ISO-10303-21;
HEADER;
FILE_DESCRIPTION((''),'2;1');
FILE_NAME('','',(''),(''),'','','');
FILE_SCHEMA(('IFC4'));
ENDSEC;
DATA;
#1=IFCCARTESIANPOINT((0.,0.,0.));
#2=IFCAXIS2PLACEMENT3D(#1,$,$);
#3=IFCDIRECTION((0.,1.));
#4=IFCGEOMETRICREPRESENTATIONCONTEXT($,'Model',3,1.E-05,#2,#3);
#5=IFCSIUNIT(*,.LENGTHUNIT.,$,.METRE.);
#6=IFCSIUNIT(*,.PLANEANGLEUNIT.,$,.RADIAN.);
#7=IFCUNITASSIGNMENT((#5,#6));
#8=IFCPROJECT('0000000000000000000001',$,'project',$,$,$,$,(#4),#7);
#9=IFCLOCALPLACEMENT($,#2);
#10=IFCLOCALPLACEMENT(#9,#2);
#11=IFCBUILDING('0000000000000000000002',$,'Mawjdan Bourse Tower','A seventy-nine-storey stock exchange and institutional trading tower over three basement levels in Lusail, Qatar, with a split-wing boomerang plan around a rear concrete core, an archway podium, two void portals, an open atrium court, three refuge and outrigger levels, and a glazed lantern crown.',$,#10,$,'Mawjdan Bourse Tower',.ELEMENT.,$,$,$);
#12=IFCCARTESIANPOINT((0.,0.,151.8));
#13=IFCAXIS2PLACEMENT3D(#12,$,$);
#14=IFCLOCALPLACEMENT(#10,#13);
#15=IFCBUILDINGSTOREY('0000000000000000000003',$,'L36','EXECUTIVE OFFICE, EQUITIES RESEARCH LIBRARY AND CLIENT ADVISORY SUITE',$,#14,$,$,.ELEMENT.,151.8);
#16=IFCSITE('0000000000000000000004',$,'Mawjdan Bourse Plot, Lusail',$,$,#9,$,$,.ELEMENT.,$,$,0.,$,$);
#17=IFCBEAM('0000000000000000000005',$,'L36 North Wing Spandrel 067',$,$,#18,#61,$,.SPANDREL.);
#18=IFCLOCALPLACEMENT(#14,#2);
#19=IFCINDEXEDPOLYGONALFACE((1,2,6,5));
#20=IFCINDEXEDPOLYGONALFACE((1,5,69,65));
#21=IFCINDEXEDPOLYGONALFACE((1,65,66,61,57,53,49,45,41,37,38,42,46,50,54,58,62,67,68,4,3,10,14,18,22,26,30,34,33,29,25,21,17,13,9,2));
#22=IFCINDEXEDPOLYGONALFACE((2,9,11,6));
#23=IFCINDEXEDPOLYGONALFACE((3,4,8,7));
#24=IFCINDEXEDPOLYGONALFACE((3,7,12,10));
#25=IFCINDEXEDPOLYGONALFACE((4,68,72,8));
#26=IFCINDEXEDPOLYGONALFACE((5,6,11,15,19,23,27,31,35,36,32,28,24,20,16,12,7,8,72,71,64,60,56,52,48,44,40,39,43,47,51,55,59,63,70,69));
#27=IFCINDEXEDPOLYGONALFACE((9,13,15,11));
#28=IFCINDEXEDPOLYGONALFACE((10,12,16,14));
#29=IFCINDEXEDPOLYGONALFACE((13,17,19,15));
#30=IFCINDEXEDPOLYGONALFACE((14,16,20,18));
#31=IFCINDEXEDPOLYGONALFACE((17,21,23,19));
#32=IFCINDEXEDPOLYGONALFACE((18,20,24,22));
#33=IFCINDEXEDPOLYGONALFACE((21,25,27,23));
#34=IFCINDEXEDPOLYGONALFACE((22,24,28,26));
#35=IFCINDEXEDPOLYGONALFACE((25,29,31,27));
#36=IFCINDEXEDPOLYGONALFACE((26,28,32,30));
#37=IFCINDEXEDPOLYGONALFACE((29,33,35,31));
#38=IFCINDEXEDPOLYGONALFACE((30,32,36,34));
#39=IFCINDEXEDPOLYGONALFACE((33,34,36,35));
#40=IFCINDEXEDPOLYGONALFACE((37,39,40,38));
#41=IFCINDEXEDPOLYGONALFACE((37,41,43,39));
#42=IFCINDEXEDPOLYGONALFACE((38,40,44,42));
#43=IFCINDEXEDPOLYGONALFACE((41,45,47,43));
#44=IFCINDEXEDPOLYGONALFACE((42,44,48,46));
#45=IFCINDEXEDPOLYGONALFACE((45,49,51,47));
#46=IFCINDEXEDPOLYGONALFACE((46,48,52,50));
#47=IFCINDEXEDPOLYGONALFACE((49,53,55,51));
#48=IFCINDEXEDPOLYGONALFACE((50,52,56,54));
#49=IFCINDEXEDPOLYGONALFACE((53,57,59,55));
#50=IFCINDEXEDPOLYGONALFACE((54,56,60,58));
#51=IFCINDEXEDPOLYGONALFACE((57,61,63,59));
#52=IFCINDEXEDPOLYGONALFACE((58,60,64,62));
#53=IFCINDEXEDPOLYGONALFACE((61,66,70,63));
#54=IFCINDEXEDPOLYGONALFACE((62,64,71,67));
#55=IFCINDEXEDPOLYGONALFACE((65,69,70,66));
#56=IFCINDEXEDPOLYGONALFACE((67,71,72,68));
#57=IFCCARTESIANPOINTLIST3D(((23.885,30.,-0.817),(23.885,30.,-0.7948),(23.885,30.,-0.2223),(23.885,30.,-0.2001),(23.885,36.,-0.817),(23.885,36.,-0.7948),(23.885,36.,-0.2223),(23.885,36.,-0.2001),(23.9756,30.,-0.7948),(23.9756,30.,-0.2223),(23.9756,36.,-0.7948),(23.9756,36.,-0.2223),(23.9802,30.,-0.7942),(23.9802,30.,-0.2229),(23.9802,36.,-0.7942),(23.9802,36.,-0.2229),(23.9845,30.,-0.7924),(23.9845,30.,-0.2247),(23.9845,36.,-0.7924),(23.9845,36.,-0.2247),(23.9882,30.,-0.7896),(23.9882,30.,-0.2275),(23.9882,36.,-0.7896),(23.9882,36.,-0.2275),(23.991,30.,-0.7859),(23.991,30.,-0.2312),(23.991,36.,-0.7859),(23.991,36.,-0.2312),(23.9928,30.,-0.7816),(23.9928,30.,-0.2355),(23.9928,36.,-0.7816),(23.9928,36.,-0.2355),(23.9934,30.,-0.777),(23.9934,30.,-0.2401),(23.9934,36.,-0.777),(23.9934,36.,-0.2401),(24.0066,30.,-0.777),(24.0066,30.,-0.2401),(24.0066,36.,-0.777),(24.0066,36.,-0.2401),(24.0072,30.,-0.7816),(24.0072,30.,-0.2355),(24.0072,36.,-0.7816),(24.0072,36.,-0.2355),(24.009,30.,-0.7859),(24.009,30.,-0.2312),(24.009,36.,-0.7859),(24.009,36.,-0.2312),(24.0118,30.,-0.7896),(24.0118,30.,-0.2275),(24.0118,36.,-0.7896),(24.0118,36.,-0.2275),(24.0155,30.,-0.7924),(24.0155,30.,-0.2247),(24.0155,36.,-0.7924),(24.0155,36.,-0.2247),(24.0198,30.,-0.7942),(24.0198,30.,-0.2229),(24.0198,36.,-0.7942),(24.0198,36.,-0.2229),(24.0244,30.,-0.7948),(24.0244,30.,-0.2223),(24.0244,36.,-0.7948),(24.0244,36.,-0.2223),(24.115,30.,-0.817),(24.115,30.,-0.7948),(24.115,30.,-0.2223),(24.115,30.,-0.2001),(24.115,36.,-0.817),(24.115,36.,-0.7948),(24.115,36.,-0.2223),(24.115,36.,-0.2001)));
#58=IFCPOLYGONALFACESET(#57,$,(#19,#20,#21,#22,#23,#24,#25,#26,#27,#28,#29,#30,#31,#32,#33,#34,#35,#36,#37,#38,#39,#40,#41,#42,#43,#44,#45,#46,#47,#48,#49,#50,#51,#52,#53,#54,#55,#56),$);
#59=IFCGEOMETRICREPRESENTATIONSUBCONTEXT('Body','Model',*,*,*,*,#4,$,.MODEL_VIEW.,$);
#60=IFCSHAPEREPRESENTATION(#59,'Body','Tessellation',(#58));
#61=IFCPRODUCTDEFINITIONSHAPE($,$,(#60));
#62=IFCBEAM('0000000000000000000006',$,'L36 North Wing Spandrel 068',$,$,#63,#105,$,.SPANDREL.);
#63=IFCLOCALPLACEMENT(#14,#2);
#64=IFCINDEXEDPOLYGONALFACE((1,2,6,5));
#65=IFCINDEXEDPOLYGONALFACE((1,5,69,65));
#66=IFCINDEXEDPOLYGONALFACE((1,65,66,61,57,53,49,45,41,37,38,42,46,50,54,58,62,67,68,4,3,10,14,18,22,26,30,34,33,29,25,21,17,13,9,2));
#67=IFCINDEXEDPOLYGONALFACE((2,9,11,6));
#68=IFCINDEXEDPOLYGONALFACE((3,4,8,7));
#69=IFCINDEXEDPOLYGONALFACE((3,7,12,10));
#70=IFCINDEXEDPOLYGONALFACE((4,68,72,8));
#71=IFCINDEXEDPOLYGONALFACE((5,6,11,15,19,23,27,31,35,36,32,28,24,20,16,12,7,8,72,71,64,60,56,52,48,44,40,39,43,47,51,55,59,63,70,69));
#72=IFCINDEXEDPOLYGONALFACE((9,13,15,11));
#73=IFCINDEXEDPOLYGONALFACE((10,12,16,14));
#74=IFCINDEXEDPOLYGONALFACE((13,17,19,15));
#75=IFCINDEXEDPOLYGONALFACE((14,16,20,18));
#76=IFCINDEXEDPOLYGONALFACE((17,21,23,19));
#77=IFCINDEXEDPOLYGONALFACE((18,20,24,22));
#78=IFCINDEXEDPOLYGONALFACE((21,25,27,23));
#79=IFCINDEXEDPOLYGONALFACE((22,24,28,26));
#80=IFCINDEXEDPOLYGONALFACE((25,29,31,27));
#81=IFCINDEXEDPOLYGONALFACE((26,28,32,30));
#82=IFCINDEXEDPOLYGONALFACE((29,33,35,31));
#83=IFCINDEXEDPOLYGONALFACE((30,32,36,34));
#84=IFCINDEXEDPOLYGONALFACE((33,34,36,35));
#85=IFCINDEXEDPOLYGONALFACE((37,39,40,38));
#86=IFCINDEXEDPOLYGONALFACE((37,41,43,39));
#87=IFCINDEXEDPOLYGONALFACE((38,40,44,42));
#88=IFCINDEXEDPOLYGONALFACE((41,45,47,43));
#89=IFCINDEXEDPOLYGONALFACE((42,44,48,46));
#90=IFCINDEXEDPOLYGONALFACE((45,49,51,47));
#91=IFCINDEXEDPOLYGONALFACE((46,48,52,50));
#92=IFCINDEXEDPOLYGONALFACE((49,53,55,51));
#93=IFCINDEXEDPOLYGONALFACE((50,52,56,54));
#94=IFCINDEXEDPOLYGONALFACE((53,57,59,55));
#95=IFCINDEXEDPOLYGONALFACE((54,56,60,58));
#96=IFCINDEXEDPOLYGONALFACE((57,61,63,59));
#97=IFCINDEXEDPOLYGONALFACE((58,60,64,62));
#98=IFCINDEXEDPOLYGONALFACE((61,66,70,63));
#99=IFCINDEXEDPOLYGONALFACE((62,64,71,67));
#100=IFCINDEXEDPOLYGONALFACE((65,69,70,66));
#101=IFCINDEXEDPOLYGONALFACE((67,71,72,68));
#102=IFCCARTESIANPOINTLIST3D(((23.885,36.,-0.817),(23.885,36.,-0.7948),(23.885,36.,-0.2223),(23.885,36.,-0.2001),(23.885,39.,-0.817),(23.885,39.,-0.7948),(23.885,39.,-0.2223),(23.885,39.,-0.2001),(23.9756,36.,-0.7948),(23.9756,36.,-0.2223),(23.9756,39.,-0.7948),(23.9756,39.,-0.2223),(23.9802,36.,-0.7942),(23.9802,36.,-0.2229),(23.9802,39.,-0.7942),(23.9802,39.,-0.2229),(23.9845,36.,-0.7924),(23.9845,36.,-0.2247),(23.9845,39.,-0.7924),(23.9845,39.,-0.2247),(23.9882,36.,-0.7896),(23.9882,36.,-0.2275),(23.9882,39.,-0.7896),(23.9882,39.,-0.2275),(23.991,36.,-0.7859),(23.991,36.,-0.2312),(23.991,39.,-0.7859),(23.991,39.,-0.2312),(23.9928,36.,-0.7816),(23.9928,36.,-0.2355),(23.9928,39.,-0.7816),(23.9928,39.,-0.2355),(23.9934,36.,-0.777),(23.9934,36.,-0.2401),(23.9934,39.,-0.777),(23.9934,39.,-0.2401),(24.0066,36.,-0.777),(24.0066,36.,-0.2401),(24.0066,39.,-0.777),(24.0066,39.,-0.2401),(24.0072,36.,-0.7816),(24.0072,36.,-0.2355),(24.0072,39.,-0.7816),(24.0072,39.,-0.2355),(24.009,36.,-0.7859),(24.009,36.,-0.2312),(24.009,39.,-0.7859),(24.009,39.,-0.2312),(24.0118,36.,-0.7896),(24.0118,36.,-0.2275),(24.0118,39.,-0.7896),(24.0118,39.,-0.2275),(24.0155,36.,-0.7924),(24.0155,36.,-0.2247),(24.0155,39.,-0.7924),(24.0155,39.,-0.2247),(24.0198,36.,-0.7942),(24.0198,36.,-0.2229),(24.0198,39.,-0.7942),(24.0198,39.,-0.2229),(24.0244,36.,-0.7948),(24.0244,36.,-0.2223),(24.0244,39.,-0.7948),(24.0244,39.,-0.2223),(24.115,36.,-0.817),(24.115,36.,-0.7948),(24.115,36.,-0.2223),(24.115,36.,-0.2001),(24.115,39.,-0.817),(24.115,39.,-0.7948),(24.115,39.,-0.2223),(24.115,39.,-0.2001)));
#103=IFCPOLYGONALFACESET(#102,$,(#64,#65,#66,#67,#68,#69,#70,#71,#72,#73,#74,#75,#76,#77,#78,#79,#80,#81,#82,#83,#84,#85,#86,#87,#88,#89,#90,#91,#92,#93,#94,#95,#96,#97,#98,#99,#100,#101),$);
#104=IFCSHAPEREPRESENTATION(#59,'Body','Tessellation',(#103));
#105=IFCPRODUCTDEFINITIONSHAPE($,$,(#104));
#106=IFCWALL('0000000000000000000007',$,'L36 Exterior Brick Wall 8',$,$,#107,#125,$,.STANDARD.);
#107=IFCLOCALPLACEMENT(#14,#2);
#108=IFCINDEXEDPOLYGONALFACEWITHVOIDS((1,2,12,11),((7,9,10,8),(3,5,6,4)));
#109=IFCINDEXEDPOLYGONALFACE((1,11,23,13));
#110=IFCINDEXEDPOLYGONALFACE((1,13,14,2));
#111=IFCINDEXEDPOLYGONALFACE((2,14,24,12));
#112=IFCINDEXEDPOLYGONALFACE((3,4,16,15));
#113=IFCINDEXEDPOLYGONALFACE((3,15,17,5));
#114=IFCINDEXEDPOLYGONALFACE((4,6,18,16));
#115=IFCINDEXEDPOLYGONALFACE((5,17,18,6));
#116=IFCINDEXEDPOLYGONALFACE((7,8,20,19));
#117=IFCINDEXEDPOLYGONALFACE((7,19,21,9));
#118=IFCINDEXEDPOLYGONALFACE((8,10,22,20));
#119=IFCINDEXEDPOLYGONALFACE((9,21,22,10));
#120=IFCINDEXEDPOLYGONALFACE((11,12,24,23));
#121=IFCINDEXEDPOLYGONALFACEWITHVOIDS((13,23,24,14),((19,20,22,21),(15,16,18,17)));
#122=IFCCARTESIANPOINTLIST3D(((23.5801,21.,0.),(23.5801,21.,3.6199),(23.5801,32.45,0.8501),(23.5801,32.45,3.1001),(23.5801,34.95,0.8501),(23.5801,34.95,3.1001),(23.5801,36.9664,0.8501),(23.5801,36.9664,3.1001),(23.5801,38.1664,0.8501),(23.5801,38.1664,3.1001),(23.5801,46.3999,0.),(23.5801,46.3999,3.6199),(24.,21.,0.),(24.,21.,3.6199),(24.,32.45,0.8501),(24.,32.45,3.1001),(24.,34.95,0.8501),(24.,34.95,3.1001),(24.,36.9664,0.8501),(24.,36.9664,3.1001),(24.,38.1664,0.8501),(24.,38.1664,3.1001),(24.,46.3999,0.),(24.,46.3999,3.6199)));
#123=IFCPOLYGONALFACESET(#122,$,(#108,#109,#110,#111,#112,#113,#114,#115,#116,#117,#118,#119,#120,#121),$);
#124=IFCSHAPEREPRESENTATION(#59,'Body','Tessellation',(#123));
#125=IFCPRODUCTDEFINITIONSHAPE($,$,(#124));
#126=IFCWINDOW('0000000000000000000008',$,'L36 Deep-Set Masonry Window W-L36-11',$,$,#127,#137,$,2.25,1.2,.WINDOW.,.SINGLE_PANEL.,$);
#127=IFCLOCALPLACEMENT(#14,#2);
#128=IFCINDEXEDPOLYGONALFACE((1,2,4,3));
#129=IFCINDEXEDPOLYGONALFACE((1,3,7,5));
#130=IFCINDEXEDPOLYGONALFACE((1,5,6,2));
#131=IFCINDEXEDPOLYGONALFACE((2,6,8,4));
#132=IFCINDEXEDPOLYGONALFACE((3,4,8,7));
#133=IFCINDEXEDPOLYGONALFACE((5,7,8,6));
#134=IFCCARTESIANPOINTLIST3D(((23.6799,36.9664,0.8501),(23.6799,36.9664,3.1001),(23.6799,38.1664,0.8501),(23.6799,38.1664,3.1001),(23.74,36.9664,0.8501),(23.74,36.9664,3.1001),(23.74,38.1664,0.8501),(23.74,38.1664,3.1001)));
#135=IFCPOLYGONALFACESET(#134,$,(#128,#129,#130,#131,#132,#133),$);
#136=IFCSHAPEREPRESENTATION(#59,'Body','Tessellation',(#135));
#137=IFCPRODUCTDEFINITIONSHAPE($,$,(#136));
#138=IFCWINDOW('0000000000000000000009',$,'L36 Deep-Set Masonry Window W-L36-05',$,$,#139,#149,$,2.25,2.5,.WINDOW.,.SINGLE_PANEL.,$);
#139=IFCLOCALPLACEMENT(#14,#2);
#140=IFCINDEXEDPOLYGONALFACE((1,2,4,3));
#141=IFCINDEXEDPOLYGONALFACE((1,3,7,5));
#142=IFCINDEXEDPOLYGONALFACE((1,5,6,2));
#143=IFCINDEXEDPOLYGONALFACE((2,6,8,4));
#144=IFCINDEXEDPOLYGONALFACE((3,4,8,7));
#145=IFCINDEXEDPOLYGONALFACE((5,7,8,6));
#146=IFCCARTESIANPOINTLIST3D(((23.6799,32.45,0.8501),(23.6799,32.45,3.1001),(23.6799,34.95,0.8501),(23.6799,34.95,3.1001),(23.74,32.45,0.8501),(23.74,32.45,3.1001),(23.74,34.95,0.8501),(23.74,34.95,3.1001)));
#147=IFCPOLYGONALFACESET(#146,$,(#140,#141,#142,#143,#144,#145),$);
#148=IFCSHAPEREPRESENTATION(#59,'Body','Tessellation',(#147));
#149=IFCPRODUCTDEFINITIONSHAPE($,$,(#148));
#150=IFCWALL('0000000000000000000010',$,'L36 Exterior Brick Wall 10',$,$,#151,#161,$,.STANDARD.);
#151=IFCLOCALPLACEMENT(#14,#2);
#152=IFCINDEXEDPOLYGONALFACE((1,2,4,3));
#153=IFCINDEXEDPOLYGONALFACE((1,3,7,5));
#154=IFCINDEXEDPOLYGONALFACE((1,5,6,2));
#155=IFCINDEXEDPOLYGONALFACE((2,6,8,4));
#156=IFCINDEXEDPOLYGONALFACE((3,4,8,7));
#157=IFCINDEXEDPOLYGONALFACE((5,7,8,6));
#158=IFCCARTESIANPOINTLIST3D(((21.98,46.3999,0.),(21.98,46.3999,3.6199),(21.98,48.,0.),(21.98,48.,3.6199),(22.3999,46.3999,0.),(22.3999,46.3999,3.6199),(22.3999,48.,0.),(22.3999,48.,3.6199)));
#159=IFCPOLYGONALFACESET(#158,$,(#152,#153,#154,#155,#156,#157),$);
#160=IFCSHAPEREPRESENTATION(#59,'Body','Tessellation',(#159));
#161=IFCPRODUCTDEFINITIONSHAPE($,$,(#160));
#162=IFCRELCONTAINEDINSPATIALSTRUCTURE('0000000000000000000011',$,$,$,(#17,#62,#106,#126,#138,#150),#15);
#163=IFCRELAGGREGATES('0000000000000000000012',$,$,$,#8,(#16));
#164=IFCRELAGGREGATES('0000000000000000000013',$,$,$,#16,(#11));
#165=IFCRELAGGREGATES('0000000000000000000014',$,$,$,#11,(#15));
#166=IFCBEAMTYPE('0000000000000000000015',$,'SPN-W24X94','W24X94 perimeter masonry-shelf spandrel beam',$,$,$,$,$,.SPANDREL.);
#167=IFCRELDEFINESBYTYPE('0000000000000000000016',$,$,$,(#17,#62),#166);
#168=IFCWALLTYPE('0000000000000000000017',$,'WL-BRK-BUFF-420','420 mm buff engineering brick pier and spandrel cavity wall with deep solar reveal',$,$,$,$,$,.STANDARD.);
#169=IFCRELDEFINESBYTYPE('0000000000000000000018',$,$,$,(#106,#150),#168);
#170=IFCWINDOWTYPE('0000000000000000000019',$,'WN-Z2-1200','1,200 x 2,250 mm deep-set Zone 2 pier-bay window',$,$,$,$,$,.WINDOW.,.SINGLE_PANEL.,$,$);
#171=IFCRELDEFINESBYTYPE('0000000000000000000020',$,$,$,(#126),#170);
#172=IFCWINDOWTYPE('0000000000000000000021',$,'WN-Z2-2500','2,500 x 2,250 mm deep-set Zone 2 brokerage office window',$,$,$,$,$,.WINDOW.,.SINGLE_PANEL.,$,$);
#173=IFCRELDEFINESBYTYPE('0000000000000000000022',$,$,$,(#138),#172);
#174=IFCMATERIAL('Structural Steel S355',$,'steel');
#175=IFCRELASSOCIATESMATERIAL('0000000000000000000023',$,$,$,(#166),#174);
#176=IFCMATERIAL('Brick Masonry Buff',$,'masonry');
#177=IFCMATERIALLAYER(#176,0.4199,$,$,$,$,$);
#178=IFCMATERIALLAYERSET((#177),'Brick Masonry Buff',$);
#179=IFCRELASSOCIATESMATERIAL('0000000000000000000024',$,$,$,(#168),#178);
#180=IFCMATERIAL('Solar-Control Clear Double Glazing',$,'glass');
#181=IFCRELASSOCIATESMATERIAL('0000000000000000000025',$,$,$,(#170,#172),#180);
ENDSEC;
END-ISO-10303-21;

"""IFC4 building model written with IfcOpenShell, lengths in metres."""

from ifc_helpers import new_model, si_unit, direction, frame, frame_2d, origin, origin_2d, place, context, subcontext, project, spatial, rectangle, i_section, extrude, material, layer, layer_set, material_profile, profile_set, type_object, element, fill, save


model = new_model("IFC4")

# Units and contexts
model_context = context("Model", 3, precision=1e-05, world=origin(), true_north=direction((0.0, 1.0)))
body_context = subcontext(model_context, "Body", "Model", "MODEL_VIEW")
ifc_project = project(units=[si_unit("LENGTHUNIT", "METRE"), si_unit("PLANEANGLEUNIT", "RADIAN")], contexts=[model_context])

# Site, building, storey
site_placement = place(None, origin())
site = spatial("IfcSite", under=ifc_project, at=site_placement, Name="Mawjdan Bourse Plot, Lusail", CompositionType="ELEMENT", RefElevation=0.0)
building_placement = place(site_placement, origin())
building = spatial("IfcBuilding", under=site, at=building_placement, Name="Mawjdan Bourse Tower", Description="A seventy-nine-storey stock exchange and institutional trading tower over three basement levels in Lusail, Qatar, with a split-wing boomerang plan around a rear concrete core, an archway podium, two void portals, an open atrium court, three refuge and outrigger levels, and a glazed lantern crown.", LongName="Mawjdan Bourse Tower", CompositionType="ELEMENT")
storey_placement = place(building_placement, frame((0.0, 0.0, 151.8)))
storey = spatial("IfcBuildingStorey", under=building, at=storey_placement, Name="L36", Description="EXECUTIVE OFFICE, EQUITIES RESEARCH LIBRARY AND CLIENT ADVISORY SUITE", CompositionType="ELEMENT", Elevation=151.8)

# Beams
ifc_material_1 = material(Name="Structural Steel S355", Category="steel")
ifc_material_profile_1 = material_profile(ifc_material_1, i_section(OverallWidth=0.23, OverallDepth=0.6169, WebThickness=0.0132, FlangeThickness=0.0222, FilletRadius=0.0178, at=origin_2d()), Name="W24X94")
ifc_profile_set_1 = profile_set([ifc_material_profile_1], Name="Structural Steel S355")
beam_type_1 = type_object("IfcBeamType", Name="SPN-W24X94", Description="W24X94 perimeter masonry-shelf spandrel beam", PredefinedType="SPANDREL", material=ifc_profile_set_1)
for number, where, z_axis, x_axis, name in (
    (1, (24.0, 30.0, -0.5085), (0.0, 1.0, 0.0), (-1.0, 0.0, 0.0), "L36 North Wing Spandrel 067"),
):
    element("IfcBeam", number, at=place(storey_placement, frame(where, z_axis=z_axis, x_axis=x_axis)), inside=storey, type_object=beam_type_1, Name=name, PredefinedType="SPANDREL", context=body_context, shape_type="SweptSolid", body=[
        extrude(i_section(OverallWidth=0.23, OverallDepth=0.6169, WebThickness=0.0132, FlangeThickness=0.0222, FilletRadius=0.0178, at=origin_2d()), origin(), (0.0, 0.0, 1.0), 6.0),
    ])
beam_1_placement = place(storey_placement, frame((24.0, 36.0, -0.5085), z_axis=(0.0, 1.0, 0.0), x_axis=(-1.0, 0.0, 0.0)))
element("IfcBeam", 2, at=beam_1_placement, inside=storey, type_object=beam_type_1, Name="L36 North Wing Spandrel 068", PredefinedType="SPANDREL", context=body_context, shape_type="SweptSolid", body=[
    extrude(i_section(OverallWidth=0.23, OverallDepth=0.6169, WebThickness=0.0132, FlangeThickness=0.0222, FilletRadius=0.0178, at=origin_2d()), origin(), (0.0, 0.0, 1.0), 3.0),
])

# Wall, openings, windows
ifc_material_2 = material(Name="Brick Masonry Buff", Category="masonry")
ifc_layer_1 = layer(ifc_material_2, 0.4199)
ifc_layer_set_1 = layer_set([ifc_layer_1], Name="Brick Masonry Buff")
wall_type_1 = type_object("IfcWallType", Name="WL-BRK-BUFF-420", Description="420 mm buff engineering brick pier and spandrel cavity wall with deep solar reveal", PredefinedType="STANDARD", material=ifc_layer_set_1)
wall_1_placement = place(storey_placement, frame((23.79, 21.0, 0.0), z_axis=(0.0, 0.0, 1.0), x_axis=(0.0, 1.0, 0.0)))
wall_1 = element("IfcWall", 3, at=wall_1_placement, inside=storey, type_object=wall_type_1, Name="L36 Exterior Brick Wall 8", PredefinedType="STANDARD", context=body_context, shape_type="SweptSolid", body=[
    extrude(rectangle(XDim=25.3999, YDim=0.4199, at=frame_2d((12.7, 0.0))), origin(), (0.0, 0.0, 1.0), 3.6199),
])
opening_1_placement = place(wall_1_placement, frame((11.45, 0.0, 0.8501)))
opening_1 = element("IfcOpeningElement", 4, at=opening_1_placement, cuts=wall_1, PredefinedType="OPENING", context=body_context, shape_type="SweptSolid", body=[
    extrude(rectangle(XDim=2.5, YDim=2.25, at=frame_2d((1.25, 1.125))), frame((0.0, 0.22, 0.0), z_axis=(0.0, -1.0, 0.0), x_axis=(1.0, 0.0, 0.0)), (0.0, 0.0, 1.0), 0.4399),
])
opening_2_placement = place(wall_1_placement, frame((15.9663, 0.0, 0.8501)))
opening_2 = element("IfcOpeningElement", 5, at=opening_2_placement, cuts=wall_1, PredefinedType="OPENING", context=body_context, shape_type="SweptSolid", body=[
    extrude(rectangle(XDim=1.2, YDim=2.25, at=frame_2d((0.6001, 1.125))), frame((0.0, 0.22, 0.0), z_axis=(0.0, -1.0, 0.0), x_axis=(1.0, 0.0, 0.0)), (0.0, 0.0, 1.0), 0.4399),
])
ifc_material_3 = material(Name="Solar-Control Clear Double Glazing", Category="glass")
window_type_1 = type_object("IfcWindowType", Name="WN-Z2-1200", Description="1,200 x 2,250 mm deep-set Zone 2 pier-bay window", PartitioningType="SINGLE_PANEL", PredefinedType="WINDOW", material=ifc_material_3)
window_1_placement = place(opening_2_placement, origin())
window_1 = element("IfcWindow", 6, at=window_1_placement, inside=storey, type_object=window_type_1, Name="L36 Deep-Set Masonry Window W-L36-11", OverallHeight=2.25, OverallWidth=1.2, PartitioningType="SINGLE_PANEL", PredefinedType="WINDOW", context=body_context, shape_type="SweptSolid", body=[
    extrude(rectangle(XDim=1.2, YDim=2.25, at=frame_2d((0.6001, 1.125))), frame((0.0, 0.1101, 0.0), z_axis=(0.0, -1.0, 0.0), x_axis=(1.0, 0.0, 0.0)), (0.0, 0.0, 1.0), 0.0601),
])
fill(opening_2, window_1)
window_type_2 = type_object("IfcWindowType", Name="WN-Z2-2500", Description="2,500 x 2,250 mm deep-set Zone 2 brokerage office window", PartitioningType="SINGLE_PANEL", PredefinedType="WINDOW", material=ifc_material_3)
window_2_placement = place(opening_1_placement, origin())
window_2 = element("IfcWindow", 7, at=window_2_placement, inside=storey, type_object=window_type_2, Name="L36 Deep-Set Masonry Window W-L36-05", OverallHeight=2.25, OverallWidth=2.5, PartitioningType="SINGLE_PANEL", PredefinedType="WINDOW", context=body_context, shape_type="SweptSolid", body=[
    extrude(rectangle(XDim=2.5, YDim=2.25, at=frame_2d((1.25, 1.125))), frame((0.0, 0.1101, 0.0), z_axis=(0.0, -1.0, 0.0), x_axis=(1.0, 0.0, 0.0)), (0.0, 0.0, 1.0), 0.0601),
])
fill(opening_1, window_2)

# Wall
wall_2_placement = place(storey_placement, frame((22.1899, 46.3999, 0.0), z_axis=(0.0, 0.0, 1.0), x_axis=(0.0, 1.0, 0.0)))
element("IfcWall", 8, at=wall_2_placement, inside=storey, type_object=wall_type_1, Name="L36 Exterior Brick Wall 10", PredefinedType="STANDARD", context=body_context, shape_type="SweptSolid", body=[
    extrude(rectangle(XDim=1.6001, YDim=0.4199, at=frame_2d((0.8, 0.0))), origin(), (0.0, 0.0, 1.0), 3.6199),
])

save(model, "model.ifc")
